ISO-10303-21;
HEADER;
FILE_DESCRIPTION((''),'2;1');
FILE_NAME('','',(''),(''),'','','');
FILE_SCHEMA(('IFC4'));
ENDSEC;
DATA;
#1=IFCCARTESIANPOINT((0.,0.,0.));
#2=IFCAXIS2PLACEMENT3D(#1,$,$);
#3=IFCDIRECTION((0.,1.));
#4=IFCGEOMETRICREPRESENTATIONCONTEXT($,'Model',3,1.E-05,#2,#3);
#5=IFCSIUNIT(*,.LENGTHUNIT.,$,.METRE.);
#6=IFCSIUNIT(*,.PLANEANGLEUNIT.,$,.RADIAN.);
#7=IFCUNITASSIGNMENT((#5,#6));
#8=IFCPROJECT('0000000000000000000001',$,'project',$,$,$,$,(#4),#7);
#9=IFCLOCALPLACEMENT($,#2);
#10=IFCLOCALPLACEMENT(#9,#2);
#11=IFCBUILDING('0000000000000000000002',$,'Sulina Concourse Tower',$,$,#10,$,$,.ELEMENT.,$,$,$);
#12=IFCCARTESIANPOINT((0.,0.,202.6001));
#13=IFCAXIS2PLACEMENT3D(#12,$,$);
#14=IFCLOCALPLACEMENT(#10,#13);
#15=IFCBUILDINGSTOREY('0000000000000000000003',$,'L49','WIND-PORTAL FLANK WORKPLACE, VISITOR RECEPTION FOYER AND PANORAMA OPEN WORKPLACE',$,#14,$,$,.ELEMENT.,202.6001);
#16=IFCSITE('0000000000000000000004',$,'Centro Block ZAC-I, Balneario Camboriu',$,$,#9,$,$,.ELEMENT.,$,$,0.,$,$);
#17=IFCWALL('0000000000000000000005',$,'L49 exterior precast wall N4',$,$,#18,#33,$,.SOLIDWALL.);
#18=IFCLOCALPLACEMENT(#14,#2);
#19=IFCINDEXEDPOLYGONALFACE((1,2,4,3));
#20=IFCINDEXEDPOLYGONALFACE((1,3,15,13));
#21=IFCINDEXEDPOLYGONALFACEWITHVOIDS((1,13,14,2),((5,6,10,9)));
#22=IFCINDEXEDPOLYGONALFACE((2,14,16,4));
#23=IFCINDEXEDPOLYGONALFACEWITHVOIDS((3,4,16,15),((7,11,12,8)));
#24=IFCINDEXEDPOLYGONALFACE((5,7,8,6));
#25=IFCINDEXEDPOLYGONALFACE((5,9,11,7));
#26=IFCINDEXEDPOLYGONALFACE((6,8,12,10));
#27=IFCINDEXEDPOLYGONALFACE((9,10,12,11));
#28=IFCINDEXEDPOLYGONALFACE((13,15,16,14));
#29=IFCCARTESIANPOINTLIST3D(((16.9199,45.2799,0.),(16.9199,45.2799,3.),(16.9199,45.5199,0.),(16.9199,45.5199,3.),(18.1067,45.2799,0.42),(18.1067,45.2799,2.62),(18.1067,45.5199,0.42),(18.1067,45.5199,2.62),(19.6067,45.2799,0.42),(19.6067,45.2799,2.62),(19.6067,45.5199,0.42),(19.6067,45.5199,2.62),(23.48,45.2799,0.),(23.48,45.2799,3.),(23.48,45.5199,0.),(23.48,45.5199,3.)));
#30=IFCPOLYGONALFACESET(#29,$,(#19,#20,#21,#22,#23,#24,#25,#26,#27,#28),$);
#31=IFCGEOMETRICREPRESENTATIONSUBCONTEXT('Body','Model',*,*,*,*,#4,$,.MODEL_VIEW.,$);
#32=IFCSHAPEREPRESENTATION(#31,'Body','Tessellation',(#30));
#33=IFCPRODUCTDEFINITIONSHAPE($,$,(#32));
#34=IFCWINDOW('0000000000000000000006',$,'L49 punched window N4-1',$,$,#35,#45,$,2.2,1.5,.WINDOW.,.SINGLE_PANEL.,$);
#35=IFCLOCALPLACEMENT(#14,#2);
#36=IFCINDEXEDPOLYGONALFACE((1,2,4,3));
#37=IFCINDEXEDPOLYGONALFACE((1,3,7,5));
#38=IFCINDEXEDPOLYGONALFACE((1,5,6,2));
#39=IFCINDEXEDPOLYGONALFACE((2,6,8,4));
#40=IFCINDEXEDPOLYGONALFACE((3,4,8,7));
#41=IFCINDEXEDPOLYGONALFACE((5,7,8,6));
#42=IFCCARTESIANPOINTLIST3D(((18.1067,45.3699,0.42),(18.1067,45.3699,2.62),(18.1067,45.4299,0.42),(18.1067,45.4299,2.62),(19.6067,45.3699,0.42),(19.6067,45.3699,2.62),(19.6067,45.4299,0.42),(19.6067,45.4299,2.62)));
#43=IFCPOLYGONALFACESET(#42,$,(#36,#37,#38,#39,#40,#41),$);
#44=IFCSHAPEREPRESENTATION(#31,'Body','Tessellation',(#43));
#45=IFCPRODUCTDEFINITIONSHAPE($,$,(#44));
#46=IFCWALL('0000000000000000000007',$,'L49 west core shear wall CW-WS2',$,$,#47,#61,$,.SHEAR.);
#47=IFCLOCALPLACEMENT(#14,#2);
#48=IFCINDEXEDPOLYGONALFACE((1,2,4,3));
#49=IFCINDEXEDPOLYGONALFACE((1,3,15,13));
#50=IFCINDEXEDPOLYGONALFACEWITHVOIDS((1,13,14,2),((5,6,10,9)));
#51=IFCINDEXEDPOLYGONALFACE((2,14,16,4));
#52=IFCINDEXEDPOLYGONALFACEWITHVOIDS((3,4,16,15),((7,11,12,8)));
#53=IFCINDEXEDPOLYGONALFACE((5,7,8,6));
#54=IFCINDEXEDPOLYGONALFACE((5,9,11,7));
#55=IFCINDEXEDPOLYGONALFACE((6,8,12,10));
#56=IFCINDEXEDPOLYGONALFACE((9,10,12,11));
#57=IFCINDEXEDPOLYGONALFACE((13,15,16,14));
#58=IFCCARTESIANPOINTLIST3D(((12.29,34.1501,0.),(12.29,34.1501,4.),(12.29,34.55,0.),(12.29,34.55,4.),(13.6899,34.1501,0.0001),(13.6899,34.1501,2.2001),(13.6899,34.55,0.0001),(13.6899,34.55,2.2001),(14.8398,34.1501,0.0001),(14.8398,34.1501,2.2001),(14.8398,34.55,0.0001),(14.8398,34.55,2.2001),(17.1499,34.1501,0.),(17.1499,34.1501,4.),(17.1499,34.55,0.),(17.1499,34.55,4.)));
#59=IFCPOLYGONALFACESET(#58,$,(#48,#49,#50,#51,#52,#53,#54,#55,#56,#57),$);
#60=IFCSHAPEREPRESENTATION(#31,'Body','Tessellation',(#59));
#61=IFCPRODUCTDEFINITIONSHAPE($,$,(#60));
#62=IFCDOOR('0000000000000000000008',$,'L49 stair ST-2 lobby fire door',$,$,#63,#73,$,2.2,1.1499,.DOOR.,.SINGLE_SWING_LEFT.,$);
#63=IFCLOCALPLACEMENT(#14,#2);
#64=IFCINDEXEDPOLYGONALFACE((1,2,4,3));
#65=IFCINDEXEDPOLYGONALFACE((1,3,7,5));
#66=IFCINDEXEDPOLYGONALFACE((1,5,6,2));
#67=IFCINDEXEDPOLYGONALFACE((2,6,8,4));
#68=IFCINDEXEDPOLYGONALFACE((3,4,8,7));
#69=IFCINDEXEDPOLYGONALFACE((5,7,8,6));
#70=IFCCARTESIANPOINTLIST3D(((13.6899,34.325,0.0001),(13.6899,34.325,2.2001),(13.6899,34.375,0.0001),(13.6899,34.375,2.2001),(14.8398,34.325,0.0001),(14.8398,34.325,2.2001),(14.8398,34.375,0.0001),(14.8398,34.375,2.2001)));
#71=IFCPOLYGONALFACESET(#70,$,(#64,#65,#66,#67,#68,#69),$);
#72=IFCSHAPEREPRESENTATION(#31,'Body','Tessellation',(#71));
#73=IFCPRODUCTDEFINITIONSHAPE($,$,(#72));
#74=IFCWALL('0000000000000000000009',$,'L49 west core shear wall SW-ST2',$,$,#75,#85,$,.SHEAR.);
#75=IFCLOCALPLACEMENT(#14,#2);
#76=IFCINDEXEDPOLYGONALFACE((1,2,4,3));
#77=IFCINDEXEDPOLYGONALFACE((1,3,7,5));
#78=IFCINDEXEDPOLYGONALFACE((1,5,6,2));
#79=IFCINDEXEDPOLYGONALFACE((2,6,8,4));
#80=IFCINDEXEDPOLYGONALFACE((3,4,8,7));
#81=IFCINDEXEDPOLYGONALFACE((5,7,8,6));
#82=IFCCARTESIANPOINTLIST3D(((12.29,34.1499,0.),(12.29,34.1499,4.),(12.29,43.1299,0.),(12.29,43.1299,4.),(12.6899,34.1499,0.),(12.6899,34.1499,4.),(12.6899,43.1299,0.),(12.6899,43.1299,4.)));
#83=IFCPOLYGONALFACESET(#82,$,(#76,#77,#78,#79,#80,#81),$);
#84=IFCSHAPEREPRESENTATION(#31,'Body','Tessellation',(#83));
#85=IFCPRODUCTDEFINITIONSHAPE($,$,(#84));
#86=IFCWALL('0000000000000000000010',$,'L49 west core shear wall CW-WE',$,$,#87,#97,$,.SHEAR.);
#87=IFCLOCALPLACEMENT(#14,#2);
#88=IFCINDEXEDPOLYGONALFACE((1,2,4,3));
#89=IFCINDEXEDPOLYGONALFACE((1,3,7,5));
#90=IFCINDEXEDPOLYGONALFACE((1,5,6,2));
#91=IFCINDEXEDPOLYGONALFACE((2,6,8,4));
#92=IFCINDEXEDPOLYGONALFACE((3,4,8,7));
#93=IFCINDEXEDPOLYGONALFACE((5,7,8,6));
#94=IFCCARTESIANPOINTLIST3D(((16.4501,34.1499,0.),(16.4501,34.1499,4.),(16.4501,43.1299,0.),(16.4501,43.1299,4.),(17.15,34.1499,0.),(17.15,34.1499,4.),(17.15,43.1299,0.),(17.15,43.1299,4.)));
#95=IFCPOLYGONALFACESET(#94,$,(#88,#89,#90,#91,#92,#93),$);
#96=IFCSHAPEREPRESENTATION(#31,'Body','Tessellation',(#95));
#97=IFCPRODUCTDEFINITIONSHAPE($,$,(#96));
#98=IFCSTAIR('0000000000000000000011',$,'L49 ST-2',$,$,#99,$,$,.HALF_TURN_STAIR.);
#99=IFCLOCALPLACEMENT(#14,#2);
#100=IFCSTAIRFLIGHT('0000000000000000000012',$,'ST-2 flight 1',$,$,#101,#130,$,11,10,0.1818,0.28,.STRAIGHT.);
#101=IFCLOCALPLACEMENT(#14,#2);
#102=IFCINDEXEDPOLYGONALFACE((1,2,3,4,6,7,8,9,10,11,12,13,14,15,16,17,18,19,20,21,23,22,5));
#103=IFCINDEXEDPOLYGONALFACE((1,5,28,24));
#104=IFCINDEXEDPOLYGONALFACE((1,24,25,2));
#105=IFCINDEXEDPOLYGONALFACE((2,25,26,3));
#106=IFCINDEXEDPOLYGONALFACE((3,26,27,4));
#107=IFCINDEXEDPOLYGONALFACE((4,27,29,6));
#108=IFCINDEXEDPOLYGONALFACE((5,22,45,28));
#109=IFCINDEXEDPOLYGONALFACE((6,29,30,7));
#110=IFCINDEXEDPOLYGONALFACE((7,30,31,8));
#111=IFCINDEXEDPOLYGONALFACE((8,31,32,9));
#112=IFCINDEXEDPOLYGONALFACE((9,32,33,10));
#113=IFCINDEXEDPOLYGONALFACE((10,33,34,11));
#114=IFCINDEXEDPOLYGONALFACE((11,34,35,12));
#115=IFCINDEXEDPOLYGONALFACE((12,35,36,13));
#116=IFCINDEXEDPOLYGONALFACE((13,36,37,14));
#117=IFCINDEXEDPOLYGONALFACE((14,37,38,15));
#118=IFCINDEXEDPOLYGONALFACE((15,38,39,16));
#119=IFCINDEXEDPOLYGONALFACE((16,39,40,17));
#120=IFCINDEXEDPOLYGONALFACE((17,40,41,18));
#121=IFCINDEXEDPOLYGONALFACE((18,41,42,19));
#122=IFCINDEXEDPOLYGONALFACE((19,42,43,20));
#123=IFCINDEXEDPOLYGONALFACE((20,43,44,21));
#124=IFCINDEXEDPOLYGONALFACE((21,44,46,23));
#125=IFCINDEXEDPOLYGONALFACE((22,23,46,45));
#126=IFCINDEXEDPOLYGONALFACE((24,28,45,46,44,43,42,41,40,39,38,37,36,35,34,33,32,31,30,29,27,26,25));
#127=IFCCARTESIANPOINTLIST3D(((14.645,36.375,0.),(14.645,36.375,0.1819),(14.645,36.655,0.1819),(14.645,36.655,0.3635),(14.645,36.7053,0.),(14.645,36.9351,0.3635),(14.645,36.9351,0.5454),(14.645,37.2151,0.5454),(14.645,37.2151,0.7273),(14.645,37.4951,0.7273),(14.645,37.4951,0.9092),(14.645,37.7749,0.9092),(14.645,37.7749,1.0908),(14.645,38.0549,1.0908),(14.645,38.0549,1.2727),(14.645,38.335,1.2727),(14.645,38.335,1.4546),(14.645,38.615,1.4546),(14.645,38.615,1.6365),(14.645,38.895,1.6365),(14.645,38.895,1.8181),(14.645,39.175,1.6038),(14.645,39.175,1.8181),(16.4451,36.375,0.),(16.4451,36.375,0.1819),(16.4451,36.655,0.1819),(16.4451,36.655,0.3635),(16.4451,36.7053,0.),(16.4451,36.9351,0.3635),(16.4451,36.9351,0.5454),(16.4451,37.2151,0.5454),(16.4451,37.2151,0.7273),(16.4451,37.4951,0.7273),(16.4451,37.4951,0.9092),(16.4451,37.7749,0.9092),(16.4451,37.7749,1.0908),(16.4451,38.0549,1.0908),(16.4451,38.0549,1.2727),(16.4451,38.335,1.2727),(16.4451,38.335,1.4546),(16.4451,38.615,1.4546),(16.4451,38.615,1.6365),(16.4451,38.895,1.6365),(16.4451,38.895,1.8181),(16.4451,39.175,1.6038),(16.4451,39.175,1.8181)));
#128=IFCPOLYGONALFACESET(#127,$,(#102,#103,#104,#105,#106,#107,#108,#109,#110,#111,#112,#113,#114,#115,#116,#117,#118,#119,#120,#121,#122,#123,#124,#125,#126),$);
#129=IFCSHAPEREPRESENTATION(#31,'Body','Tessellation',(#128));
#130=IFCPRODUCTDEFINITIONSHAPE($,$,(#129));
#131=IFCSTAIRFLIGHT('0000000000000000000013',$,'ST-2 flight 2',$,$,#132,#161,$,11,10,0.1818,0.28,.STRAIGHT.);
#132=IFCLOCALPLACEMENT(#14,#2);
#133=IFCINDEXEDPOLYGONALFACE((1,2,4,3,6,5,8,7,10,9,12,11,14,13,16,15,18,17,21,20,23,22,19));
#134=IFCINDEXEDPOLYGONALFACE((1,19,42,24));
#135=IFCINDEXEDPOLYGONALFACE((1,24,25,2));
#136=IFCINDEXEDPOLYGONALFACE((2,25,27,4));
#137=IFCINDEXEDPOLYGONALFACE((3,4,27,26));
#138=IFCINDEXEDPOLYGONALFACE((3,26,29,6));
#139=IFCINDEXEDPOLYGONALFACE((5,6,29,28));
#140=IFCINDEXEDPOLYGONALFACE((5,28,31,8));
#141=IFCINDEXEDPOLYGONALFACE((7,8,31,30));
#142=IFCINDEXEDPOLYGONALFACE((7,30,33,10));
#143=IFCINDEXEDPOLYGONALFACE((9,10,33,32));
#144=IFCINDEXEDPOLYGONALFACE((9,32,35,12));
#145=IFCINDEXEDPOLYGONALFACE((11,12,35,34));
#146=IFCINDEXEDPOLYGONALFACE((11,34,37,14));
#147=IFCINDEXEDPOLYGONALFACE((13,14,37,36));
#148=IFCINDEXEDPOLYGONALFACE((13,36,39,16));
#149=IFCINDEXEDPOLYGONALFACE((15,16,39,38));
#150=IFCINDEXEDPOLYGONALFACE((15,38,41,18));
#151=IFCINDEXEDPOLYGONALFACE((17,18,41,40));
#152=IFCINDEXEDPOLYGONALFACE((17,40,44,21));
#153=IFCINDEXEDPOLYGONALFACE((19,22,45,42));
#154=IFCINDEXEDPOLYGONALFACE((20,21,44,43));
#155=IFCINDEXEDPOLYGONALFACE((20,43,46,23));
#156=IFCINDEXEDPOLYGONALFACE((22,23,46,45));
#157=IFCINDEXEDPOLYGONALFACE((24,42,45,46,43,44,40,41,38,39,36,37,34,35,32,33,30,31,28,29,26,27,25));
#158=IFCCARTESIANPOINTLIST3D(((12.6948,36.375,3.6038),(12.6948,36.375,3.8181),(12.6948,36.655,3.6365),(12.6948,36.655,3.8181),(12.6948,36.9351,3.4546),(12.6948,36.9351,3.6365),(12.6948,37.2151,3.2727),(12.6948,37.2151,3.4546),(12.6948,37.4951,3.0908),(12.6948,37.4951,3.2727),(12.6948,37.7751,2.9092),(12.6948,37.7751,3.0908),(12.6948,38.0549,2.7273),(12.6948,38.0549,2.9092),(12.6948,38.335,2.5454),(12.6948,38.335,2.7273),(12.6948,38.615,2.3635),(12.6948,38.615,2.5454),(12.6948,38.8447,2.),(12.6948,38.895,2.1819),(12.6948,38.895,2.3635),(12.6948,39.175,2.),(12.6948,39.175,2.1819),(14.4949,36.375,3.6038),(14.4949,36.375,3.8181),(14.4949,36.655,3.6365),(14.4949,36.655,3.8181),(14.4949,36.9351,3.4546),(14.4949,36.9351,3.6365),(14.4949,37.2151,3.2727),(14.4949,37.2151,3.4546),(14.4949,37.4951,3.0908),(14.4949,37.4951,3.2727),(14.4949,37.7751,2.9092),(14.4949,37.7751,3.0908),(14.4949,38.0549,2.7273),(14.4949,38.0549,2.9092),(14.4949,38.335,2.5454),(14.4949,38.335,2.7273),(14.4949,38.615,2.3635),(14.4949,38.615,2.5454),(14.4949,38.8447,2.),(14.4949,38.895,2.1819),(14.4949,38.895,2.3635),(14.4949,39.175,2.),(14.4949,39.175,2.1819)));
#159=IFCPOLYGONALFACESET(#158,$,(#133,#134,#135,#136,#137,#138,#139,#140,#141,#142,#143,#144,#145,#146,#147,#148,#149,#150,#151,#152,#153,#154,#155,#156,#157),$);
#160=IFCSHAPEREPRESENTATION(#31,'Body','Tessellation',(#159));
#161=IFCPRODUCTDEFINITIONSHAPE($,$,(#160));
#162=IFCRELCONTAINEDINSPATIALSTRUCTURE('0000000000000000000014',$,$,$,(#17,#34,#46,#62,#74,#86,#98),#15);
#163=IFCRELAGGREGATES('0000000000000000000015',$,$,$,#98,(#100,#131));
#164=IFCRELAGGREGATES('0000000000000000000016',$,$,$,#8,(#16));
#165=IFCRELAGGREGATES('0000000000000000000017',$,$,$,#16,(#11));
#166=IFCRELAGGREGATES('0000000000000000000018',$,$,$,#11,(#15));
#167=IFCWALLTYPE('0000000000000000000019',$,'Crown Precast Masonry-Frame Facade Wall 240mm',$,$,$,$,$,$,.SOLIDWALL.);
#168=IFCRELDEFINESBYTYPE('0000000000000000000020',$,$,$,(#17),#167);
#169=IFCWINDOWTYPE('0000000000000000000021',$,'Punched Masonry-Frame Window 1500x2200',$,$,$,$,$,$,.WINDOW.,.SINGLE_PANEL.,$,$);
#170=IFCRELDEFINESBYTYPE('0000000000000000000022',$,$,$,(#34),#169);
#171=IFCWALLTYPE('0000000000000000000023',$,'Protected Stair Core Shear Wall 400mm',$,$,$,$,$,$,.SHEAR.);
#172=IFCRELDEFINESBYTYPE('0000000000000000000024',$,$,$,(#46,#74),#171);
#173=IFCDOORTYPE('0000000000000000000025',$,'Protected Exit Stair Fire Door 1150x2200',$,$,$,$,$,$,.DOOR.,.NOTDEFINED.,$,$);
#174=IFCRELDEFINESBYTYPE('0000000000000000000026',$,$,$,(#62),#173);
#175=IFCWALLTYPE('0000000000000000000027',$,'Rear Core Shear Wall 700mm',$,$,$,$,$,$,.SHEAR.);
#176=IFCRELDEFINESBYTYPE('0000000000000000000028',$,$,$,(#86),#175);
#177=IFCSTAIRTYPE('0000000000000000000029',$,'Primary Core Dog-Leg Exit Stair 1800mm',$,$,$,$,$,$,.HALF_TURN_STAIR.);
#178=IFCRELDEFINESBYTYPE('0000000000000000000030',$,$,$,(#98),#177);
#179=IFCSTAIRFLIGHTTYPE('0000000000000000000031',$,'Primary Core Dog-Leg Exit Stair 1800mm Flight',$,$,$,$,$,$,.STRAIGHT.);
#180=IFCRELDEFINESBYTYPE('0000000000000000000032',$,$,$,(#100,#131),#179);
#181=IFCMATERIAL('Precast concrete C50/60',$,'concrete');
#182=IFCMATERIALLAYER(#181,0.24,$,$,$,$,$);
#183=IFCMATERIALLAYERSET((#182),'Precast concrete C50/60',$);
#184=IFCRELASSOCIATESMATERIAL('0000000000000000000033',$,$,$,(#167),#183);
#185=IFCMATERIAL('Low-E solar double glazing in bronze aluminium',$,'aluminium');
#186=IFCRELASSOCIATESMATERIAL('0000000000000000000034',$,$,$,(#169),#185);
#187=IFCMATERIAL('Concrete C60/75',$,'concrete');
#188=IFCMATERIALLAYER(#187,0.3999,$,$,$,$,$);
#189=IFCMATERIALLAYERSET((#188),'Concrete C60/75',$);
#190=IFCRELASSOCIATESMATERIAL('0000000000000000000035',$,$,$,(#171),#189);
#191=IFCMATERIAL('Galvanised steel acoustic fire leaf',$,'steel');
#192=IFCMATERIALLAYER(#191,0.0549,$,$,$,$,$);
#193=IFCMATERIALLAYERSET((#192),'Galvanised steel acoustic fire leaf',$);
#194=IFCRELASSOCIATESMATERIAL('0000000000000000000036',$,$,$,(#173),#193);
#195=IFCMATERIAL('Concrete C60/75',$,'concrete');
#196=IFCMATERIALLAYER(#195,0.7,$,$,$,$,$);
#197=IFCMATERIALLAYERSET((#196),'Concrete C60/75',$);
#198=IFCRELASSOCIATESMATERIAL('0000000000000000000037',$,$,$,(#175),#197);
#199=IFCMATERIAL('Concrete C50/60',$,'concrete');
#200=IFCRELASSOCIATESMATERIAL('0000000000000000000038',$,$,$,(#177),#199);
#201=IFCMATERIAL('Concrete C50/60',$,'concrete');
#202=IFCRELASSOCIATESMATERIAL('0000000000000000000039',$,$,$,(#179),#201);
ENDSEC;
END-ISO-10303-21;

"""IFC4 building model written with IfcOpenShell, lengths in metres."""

from ifc_helpers import new_model, si_unit, direction, frame, frame_2d, origin, place, context, subcontext, project, spatial, polyline, rectangle, outline, extrude, material, layer, layer_set, type_object, element, fill, aggregate, save


model = new_model("IFC4")

# Units and contexts
model_context = context("Model", 3, precision=1e-05, world=origin(), true_north=direction((0.0, 1.0)))
body_context = subcontext(model_context, "Body", "Model", "MODEL_VIEW")
ifc_project = project(units=[si_unit("LENGTHUNIT", "METRE"), si_unit("PLANEANGLEUNIT", "RADIAN")], contexts=[model_context])

# Site, building, storey
site_placement = place(None, origin())
site = spatial("IfcSite", under=ifc_project, at=site_placement, Name="Centro Block ZAC-I, Balneario Camboriu", CompositionType="ELEMENT", RefElevation=0.0)
building_placement = place(site_placement, origin())
building = spatial("IfcBuilding", under=site, at=building_placement, Name="Sulina Concourse Tower", CompositionType="ELEMENT")
storey_placement = place(building_placement, frame((0.0, 0.0, 202.6001)))
storey = spatial("IfcBuildingStorey", under=building, at=storey_placement, Name="L49", Description="WIND-PORTAL FLANK WORKPLACE, VISITOR RECEPTION FOYER AND PANORAMA OPEN WORKPLACE", CompositionType="ELEMENT", Elevation=202.6001)

# Shared definitions
ifc_material_1 = material(Name="Precast concrete C50/60", Category="concrete")
ifc_layer_1 = layer(ifc_material_1, 0.24)
ifc_layer_set_1 = layer_set([ifc_layer_1], Name="Precast concrete C50/60")
wall_type_1 = type_object("IfcWallType", Name="Crown Precast Masonry-Frame Facade Wall 240mm", PredefinedType="SOLIDWALL", material=ifc_layer_set_1)

# Wall, opening, window
wall_1_placement = place(storey_placement, frame((16.9199, 45.3999, 0.0), z_axis=(0.0, 0.0, 1.0), x_axis=(1.0, 0.0, 0.0)))
wall_1 = element("IfcWall", 1, at=wall_1_placement, inside=storey, type_object=wall_type_1, Name="L49 exterior precast wall N4", PredefinedType="SOLIDWALL", context=body_context, shape_type="SweptSolid", body=[
    extrude(rectangle(XDim=6.5601, YDim=0.24, at=frame_2d((3.28, 0.0))), origin(), (0.0, 0.0, 1.0), 3.0),
])
opening_1_placement = place(wall_1_placement, frame((1.1868, 0.0, 0.4199)))
opening_1 = element("IfcOpeningElement", 2, at=opening_1_placement, cuts=wall_1, PredefinedType="OPENING", context=body_context, shape_type="SweptSolid", body=[
    extrude(rectangle(XDim=1.5, YDim=2.2, at=frame_2d((0.75, 1.1001))), frame((0.0, 0.1299, 0.0), z_axis=(0.0, -1.0, 0.0), x_axis=(1.0, 0.0, 0.0)), (0.0, 0.0, 1.0), 0.26),
])
ifc_material_2 = material(Name="Low-E solar double glazing in bronze aluminium", Category="aluminium")
window_type = type_object("IfcWindowType", Name="Punched Masonry-Frame Window 1500x2200", PartitioningType="SINGLE_PANEL", PredefinedType="WINDOW", material=ifc_material_2)
window_placement = place(opening_1_placement, origin())
window = element("IfcWindow", 3, at=window_placement, inside=storey, type_object=window_type, Name="L49 punched window N4-1", OverallHeight=2.2, OverallWidth=1.5, PartitioningType="SINGLE_PANEL", PredefinedType="WINDOW", context=body_context, shape_type="SweptSolid", body=[
    extrude(rectangle(XDim=1.5, YDim=2.2, at=frame_2d((0.75, 1.1001))), frame((0.0, 0.03, 0.0), z_axis=(0.0, -1.0, 0.0), x_axis=(1.0, 0.0, 0.0)), (0.0, 0.0, 1.0), 0.0601),
])
fill(opening_1, window)

# Wall, opening, door
ifc_material_3 = material(Name="Concrete C60/75", Category="concrete")
ifc_layer_2 = layer(ifc_material_3, 0.3999)
ifc_layer_set_2 = layer_set([ifc_layer_2], Name="Concrete C60/75")
wall_type_2 = type_object("IfcWallType", Name="Protected Stair Core Shear Wall 400mm", PredefinedType="SHEAR", material=ifc_layer_set_2)
wall_2_placement = place(storey_placement, frame((12.29, 34.3501, 0.0), z_axis=(0.0, 0.0, 1.0), x_axis=(1.0, 0.0, 0.0)))
wall_2 = element("IfcWall", 4, at=wall_2_placement, inside=storey, type_object=wall_type_2, Name="L49 west core shear wall CW-WS2", PredefinedType="SHEAR", context=body_context, shape_type="SweptSolid", body=[
    extrude(rectangle(XDim=4.8599, YDim=0.3999, at=frame_2d((2.4299, 0.0))), origin(), (0.0, 0.0, 1.0), 4.0),
])
opening_2_placement = place(wall_2_placement, frame((1.3999, 0.0, 0.0)))
opening_2 = element("IfcOpeningElement", 5, at=opening_2_placement, cuts=wall_2, PredefinedType="OPENING", context=body_context, shape_type="SweptSolid", body=[
    extrude(rectangle(XDim=1.1499, YDim=2.2, at=frame_2d((0.575, 1.1001))), frame((0.0, 0.21, 0.0), z_axis=(0.0, -1.0, 0.0), x_axis=(1.0, 0.0, 0.0)), (0.0, 0.0, 1.0), 0.4199),
])
ifc_material_4 = material(Name="Galvanised steel acoustic fire leaf", Category="steel")
ifc_layer_3 = layer(ifc_material_4, 0.0549)
ifc_layer_set_3 = layer_set([ifc_layer_3], Name="Galvanised steel acoustic fire leaf")
door_type_1 = type_object("IfcDoorType", Name="Protected Exit Stair Fire Door 1150x2200", OperationType="NOTDEFINED", PredefinedType="DOOR", material=ifc_layer_set_3)
door_1_placement = place(opening_2_placement, origin())
door_1 = element("IfcDoor", 6, at=door_1_placement, inside=storey, type_object=door_type_1, Name="L49 stair ST-2 lobby fire door", OperationType="SINGLE_SWING_LEFT", OverallHeight=2.2, OverallWidth=1.1499, PredefinedType="DOOR", context=body_context, shape_type="SweptSolid", body=[
    extrude(rectangle(XDim=1.1499, YDim=2.2, at=frame_2d((0.575, 1.1001))), frame((0.0, 0.0249, 0.0), z_axis=(0.0, -1.0, 0.0), x_axis=(1.0, 0.0, 0.0)), (0.0, 0.0, 1.0), 0.05),
])
fill(opening_2, door_1)

# Walls
wall_3_placement = place(storey_placement, frame((12.49, 34.1499, 0.0), z_axis=(0.0, 0.0, 1.0), x_axis=(0.0, 1.0, 0.0)))
element("IfcWall", 7, at=wall_3_placement, inside=storey, type_object=wall_type_2, Name="L49 west core shear wall SW-ST2", PredefinedType="SHEAR", context=body_context, shape_type="SweptSolid", body=[
    extrude(rectangle(XDim=8.98, YDim=0.3999, at=frame_2d((4.49, 0.0))), origin(), (0.0, 0.0, 1.0), 4.0),
])
ifc_material_5 = material(Name="Concrete C60/75", Category="concrete")
ifc_layer_4 = layer(ifc_material_5, 0.7)
ifc_layer_set_4 = layer_set([ifc_layer_4], Name="Concrete C60/75")
wall_type_3 = type_object("IfcWallType", Name="Rear Core Shear Wall 700mm", PredefinedType="SHEAR", material=ifc_layer_set_4)
wall_4_placement = place(storey_placement, frame((16.8, 34.1499, 0.0), z_axis=(0.0, 0.0, 1.0), x_axis=(0.0, 1.0, 0.0)))
element("IfcWall", 8, at=wall_4_placement, inside=storey, type_object=wall_type_3, Name="L49 west core shear wall CW-WE", PredefinedType="SHEAR", context=body_context, shape_type="SweptSolid", body=[
    extrude(rectangle(XDim=8.98, YDim=0.7, at=frame_2d((4.49, 0.0))), origin(), (0.0, 0.0, 1.0), 4.0),
])

# Stair, stair flights
ifc_material_6 = material(Name="Concrete C50/60", Category="concrete")
stair_type = type_object("IfcStairType", Name="Primary Core Dog-Leg Exit Stair 1800mm", PredefinedType="HALF_TURN_STAIR", material=ifc_material_6)
stair_placement = place(storey_placement, origin())
stair = element("IfcStair", 9, at=stair_placement, inside=storey, type_object=stair_type, Name="L49 ST-2", PredefinedType="HALF_TURN_STAIR")
ifc_material_7 = material(Name="Concrete C50/60", Category="concrete")
stair_flight_type = type_object("IfcStairFlightType", Name="Primary Core Dog-Leg Exit Stair 1800mm Flight", PredefinedType="STRAIGHT", material=ifc_material_7)
stair_flight_1_placement = place(storey_placement, frame((15.5449, 36.375, 0.0), z_axis=(0.0, 0.0, 1.0), x_axis=(0.0, 1.0, 0.0)))
stair_flight_1 = element("IfcStairFlight", 10, at=stair_flight_1_placement, type_object=stair_flight_type, Name="ST-2 flight 1", NumberOfRisers=11, NumberOfTreads=10, PredefinedType="STRAIGHT", RiserHeight=0.1818, TreadLength=0.28, context=body_context, shape_type="SweptSolid", body=[
    extrude(outline(polyline([(0.0, 0.0), (0.0, 0.1819), (0.28, 0.1819), (0.28, 0.3635), (0.5601, 0.3635), (0.5601, 0.5454), (0.8401, 0.5454), (0.8401, 0.7273), (1.1201, 0.7273), (1.1201, 0.9092), (1.3999, 0.9092), (1.3999, 1.0908), (1.6799, 1.0908), (1.6799, 1.2727), (1.96, 1.2727), (1.96, 1.4546), (2.24, 1.4546), (2.24, 1.6365), (2.52, 1.6365), (2.52, 1.8181), (2.8, 1.8181), (2.8, 2.0), (2.8, 1.6038), (0.3303, 0.0), (0.0, 0.0)])), frame((0.0, 0.8999, 0.0), z_axis=(0.0, -1.0, 0.0), x_axis=(1.0, 0.0, 0.0)), (0.0, 0.0, 1.0), 1.8),
])
stair_flight_2_placement = place(storey_placement, frame((13.595, 39.175, 2.0), z_axis=(0.0, 0.0, 1.0), x_axis=(0.0, -1.0, 0.0)))
stair_flight_2 = element("IfcStairFlight", 11, at=stair_flight_2_placement, type_object=stair_flight_type, Name="ST-2 flight 2", NumberOfRisers=11, NumberOfTreads=10, PredefinedType="STRAIGHT", RiserHeight=0.1818, TreadLength=0.28, context=body_context, shape_type="SweptSolid", body=[
    extrude(outline(polyline([(0.0, 0.0), (0.0, 0.1819), (0.28, 0.1819), (0.28, 0.3635), (0.5601, 0.3635), (0.5601, 0.5454), (0.8401, 0.5454), (0.8401, 0.7273), (1.1201, 0.7273), (1.1201, 0.9092), (1.3999, 0.9092), (1.3999, 1.0908), (1.6799, 1.0908), (1.6799, 1.2727), (1.96, 1.2727), (1.96, 1.4546), (2.24, 1.4546), (2.24, 1.6365), (2.52, 1.6365), (2.52, 1.8181), (2.8, 1.8181), (2.8, 2.0), (2.8, 1.6038), (0.3303, 0.0), (0.0, 0.0)])), frame((0.0, 0.8999, 0.0), z_axis=(0.0, -1.0, 0.0), x_axis=(1.0, 0.0, 0.0)), (0.0, 0.0, 1.0), 1.8),
])
aggregate(stair, [stair_flight_1, stair_flight_2])

save(model, "model.ifc")
